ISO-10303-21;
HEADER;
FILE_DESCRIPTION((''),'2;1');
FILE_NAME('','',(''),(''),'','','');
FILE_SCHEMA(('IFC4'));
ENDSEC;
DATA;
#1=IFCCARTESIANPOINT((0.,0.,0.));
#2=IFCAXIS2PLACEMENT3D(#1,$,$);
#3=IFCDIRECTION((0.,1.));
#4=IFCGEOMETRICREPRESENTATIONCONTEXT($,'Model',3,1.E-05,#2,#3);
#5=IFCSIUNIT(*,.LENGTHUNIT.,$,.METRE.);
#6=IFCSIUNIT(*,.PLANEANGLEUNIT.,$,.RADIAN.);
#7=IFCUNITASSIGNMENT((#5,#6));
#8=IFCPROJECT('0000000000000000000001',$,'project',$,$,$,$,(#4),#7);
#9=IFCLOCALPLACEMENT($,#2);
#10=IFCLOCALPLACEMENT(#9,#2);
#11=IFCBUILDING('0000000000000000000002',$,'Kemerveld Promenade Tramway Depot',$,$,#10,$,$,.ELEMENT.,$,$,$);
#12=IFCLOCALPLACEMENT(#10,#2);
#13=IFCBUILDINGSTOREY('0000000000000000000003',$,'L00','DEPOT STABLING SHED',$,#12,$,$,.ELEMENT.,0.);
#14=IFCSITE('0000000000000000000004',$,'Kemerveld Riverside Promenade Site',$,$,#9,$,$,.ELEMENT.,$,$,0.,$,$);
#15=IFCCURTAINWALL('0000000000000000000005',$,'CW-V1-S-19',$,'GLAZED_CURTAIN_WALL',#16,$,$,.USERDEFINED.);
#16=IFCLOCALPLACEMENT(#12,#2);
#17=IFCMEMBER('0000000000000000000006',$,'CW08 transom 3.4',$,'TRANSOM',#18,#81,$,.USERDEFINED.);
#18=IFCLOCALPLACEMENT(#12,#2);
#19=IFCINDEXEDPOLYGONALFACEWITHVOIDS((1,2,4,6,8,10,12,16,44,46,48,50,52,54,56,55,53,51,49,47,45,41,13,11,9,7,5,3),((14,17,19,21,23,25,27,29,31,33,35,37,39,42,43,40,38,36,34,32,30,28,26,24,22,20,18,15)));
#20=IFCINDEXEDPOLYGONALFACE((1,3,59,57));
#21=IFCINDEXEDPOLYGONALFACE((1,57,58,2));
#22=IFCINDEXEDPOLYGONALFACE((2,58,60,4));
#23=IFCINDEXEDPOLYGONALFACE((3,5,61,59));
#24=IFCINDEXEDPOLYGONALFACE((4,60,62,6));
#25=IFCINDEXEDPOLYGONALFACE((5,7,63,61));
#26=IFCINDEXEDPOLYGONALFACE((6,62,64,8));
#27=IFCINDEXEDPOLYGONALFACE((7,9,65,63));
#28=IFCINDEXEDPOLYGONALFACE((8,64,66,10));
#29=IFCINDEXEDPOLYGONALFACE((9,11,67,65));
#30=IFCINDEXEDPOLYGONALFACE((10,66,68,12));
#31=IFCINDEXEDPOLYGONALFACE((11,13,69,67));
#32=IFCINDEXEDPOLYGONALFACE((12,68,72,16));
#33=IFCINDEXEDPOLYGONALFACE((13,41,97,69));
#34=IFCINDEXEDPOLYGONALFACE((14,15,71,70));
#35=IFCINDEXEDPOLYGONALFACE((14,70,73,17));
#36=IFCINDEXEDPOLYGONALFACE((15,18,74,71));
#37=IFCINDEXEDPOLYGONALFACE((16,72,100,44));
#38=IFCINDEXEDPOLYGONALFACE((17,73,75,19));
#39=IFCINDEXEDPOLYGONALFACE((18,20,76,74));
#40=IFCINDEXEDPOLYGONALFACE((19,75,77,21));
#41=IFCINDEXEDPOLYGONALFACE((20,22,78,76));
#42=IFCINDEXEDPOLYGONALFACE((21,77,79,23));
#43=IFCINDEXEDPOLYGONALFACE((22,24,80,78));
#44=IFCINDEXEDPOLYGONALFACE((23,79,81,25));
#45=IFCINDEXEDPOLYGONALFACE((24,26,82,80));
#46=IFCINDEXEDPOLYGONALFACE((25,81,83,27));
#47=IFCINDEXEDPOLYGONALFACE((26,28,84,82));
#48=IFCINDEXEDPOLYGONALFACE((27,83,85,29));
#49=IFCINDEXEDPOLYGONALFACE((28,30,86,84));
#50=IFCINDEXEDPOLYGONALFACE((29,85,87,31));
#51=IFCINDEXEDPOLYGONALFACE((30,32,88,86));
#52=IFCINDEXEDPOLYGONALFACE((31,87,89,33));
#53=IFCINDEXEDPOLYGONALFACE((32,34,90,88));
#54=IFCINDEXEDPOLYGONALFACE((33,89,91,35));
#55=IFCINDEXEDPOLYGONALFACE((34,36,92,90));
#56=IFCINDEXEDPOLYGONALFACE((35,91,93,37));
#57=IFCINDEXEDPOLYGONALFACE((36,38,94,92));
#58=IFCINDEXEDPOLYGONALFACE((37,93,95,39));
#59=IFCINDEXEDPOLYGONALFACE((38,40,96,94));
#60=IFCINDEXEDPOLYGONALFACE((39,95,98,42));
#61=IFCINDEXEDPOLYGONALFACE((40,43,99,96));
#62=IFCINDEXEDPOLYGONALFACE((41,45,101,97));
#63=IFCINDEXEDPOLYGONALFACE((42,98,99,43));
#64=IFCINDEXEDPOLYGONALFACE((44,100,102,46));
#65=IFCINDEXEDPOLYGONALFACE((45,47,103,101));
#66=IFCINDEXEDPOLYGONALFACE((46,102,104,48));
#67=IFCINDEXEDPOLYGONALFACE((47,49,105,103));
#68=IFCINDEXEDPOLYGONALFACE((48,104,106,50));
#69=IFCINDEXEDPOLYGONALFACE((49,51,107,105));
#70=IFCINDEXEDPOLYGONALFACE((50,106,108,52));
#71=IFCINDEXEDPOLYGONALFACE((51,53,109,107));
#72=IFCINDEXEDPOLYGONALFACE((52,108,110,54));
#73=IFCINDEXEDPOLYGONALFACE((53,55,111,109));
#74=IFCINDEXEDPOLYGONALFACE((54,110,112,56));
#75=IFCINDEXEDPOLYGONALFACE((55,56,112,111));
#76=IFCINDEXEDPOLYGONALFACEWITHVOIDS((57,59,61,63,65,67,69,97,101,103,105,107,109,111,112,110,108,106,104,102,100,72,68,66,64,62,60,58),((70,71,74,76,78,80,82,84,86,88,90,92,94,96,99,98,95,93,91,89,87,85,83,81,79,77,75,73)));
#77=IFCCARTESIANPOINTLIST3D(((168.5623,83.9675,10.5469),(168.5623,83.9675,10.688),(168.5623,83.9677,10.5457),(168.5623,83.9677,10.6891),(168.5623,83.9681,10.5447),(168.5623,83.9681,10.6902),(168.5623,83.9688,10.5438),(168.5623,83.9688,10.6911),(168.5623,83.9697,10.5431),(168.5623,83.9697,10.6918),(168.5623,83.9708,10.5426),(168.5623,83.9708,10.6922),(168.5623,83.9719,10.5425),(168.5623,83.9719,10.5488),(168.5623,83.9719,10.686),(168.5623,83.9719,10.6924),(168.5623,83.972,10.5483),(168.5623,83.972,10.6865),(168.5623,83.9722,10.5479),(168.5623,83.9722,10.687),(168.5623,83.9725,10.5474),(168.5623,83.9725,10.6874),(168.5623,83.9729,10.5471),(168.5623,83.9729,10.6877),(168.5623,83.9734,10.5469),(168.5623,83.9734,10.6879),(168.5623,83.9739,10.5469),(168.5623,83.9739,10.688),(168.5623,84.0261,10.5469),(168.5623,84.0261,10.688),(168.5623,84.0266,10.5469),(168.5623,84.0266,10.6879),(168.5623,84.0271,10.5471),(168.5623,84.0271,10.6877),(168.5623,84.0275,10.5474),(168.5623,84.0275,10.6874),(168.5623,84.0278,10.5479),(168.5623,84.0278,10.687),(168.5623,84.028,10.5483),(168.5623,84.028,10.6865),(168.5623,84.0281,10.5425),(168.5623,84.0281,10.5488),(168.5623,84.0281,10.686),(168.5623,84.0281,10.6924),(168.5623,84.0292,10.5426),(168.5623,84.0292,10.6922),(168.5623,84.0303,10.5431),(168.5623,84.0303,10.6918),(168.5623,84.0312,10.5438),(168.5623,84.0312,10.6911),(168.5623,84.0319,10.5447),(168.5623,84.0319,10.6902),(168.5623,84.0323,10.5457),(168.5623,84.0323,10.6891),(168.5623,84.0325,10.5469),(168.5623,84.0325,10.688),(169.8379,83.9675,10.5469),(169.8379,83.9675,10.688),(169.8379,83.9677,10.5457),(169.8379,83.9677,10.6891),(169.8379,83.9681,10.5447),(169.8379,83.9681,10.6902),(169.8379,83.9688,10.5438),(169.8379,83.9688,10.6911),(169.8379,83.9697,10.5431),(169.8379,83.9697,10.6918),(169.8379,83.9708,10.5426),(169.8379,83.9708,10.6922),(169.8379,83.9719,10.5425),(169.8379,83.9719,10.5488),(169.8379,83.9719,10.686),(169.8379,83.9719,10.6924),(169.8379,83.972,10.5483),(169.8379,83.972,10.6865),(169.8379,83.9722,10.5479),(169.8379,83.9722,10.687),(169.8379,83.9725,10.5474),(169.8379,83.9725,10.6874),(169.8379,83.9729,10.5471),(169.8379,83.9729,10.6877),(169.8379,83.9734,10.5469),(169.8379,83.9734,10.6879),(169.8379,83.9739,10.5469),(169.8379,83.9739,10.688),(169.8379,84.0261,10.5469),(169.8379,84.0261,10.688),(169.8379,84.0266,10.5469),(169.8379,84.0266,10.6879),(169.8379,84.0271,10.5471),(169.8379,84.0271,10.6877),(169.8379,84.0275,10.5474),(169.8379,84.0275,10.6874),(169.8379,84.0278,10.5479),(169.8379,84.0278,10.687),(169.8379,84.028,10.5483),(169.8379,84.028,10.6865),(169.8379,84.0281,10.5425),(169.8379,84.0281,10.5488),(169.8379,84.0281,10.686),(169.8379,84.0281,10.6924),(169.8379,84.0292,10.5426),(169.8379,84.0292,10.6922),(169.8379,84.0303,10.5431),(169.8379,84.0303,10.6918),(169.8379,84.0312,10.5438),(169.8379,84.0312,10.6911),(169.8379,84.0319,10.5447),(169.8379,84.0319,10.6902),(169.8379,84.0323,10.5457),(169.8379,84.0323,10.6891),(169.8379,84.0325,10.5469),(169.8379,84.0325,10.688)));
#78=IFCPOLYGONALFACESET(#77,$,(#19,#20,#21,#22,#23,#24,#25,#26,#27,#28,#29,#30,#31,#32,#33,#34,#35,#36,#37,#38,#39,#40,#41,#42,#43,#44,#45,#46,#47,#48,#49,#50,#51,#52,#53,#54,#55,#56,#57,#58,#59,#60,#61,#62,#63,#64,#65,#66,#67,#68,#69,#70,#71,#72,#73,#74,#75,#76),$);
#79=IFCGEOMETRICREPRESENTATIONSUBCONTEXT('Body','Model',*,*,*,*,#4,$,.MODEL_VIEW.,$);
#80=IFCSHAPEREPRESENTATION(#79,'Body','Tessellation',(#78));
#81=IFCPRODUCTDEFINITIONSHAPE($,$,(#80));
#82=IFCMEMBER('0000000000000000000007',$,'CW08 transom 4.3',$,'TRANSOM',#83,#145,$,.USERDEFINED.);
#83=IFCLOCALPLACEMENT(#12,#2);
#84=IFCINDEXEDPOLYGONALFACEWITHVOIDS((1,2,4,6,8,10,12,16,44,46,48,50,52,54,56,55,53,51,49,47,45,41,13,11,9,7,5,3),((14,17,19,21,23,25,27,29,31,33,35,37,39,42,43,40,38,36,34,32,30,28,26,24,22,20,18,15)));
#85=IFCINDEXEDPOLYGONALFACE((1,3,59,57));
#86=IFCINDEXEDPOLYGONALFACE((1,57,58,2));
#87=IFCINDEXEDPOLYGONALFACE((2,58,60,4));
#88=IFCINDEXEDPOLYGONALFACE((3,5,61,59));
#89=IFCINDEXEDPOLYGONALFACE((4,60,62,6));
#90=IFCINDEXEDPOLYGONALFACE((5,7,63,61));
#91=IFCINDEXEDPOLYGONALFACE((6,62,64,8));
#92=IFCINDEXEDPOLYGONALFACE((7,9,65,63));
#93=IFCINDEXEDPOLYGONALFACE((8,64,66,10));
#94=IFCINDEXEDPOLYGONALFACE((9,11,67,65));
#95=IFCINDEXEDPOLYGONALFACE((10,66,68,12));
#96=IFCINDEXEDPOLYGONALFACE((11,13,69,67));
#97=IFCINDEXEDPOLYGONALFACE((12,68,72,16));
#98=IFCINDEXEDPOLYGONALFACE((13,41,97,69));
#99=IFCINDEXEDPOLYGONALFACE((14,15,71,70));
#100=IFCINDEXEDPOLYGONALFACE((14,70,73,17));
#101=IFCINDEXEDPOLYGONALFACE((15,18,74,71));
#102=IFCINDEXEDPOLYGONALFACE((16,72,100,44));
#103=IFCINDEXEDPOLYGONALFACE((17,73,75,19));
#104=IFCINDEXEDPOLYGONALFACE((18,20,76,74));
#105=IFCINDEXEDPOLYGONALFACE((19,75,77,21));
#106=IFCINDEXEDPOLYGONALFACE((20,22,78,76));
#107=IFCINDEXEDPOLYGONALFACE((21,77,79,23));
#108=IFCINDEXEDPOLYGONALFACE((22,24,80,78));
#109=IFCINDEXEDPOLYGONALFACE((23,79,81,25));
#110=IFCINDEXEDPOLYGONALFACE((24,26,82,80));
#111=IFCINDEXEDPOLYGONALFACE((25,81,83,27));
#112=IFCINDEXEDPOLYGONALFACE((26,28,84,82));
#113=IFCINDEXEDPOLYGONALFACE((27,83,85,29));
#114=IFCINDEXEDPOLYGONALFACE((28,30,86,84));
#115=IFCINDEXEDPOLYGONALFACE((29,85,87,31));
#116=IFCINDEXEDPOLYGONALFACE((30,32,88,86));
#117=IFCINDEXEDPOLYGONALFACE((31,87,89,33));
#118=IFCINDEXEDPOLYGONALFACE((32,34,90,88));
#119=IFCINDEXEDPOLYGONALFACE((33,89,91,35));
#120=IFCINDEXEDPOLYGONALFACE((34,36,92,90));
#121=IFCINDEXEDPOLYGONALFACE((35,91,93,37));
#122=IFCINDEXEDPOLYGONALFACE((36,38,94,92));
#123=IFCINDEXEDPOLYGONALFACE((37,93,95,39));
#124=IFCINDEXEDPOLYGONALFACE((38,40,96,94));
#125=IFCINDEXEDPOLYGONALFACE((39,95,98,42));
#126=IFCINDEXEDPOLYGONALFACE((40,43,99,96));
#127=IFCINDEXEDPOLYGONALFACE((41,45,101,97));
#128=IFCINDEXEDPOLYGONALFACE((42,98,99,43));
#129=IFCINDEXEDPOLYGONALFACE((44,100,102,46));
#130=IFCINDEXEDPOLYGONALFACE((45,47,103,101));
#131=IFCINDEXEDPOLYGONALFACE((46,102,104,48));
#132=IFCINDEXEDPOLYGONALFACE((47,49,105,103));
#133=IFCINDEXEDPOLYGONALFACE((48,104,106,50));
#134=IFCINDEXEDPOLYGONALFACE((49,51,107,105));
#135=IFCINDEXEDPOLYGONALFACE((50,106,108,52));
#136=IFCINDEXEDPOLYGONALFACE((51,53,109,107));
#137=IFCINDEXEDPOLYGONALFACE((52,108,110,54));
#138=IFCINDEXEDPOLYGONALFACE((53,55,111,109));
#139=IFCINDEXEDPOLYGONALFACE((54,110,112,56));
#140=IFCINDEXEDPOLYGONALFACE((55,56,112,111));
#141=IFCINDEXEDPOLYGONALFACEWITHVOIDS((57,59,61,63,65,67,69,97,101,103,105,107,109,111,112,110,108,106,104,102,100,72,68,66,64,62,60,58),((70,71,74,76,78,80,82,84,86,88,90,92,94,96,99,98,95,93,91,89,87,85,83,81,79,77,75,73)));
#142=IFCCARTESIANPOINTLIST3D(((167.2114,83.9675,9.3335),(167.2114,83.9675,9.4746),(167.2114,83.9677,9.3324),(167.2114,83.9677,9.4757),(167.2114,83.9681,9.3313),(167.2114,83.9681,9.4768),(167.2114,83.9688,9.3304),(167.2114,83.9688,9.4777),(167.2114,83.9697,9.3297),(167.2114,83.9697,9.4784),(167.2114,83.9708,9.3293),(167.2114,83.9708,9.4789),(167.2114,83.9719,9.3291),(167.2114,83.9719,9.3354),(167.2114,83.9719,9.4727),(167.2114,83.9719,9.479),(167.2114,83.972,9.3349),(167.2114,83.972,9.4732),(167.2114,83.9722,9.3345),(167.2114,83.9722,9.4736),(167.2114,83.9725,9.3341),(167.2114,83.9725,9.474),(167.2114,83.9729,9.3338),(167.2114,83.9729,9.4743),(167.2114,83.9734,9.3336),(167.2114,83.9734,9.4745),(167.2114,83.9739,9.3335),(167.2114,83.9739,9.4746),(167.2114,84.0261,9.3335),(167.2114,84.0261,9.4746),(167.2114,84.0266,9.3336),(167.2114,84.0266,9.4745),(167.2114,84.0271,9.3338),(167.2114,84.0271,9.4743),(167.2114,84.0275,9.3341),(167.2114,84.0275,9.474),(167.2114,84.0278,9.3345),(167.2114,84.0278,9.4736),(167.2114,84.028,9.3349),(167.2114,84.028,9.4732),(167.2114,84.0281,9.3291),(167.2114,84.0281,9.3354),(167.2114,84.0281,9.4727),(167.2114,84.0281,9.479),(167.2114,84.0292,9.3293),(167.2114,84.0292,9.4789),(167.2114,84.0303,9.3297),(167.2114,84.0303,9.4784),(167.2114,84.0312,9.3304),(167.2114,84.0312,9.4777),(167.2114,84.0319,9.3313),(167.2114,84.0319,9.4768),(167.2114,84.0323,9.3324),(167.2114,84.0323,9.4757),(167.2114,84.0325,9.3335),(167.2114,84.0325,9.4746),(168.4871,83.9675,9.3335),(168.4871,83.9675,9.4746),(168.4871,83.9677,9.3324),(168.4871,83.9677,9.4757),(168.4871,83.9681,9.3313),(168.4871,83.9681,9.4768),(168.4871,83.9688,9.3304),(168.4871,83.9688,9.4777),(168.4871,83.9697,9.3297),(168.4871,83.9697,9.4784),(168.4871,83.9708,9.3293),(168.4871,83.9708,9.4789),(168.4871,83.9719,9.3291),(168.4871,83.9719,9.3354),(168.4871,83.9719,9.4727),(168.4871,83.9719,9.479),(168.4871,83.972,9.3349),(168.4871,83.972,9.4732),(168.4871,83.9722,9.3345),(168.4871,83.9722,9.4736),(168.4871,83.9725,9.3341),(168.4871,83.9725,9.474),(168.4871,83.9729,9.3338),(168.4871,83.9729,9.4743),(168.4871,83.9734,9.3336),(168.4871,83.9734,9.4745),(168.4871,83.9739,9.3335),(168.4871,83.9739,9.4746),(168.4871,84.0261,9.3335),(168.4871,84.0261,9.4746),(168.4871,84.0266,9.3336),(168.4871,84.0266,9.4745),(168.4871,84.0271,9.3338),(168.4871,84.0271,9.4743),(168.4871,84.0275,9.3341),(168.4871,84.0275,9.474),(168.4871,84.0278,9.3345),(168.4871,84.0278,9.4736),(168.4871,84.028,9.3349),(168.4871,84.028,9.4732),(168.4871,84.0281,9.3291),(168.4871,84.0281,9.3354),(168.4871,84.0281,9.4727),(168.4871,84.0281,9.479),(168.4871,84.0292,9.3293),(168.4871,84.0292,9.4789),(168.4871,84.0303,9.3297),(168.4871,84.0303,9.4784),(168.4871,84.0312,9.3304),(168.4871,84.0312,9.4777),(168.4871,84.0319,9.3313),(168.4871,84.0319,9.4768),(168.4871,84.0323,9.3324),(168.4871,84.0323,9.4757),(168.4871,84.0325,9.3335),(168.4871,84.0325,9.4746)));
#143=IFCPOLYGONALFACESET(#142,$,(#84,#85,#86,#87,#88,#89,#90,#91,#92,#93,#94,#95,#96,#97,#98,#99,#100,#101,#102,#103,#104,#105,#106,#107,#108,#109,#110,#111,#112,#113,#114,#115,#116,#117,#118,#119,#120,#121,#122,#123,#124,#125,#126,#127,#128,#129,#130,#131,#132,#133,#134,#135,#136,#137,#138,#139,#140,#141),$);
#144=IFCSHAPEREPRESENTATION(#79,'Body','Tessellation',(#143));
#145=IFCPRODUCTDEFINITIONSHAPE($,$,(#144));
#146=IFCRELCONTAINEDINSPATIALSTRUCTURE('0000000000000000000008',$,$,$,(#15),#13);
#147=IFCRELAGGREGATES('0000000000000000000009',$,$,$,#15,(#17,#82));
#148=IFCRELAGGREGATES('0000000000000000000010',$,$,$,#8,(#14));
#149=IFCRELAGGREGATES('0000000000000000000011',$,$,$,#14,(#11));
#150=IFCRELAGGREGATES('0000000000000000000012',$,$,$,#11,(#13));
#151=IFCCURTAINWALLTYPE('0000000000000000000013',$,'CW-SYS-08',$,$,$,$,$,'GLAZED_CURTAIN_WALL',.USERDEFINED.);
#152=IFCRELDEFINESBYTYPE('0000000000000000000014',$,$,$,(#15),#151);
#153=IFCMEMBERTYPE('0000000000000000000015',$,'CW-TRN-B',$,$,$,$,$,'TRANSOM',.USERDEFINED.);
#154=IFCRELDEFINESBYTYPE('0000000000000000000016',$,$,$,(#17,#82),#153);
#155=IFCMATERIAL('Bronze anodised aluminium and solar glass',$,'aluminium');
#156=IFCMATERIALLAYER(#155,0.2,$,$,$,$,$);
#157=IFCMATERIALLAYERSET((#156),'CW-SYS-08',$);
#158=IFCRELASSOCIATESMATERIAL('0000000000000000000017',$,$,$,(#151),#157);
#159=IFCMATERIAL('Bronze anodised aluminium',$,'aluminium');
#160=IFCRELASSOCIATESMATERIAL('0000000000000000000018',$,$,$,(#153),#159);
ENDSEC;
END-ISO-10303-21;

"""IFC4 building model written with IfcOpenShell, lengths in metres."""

from ifc_helpers import new_model, si_unit, direction, frame, origin, origin_2d, place, context, subcontext, project, spatial, hollow_rectangle, extrude, material, layer, layer_set, material_profile, profile_set, type_object, element, aggregate, save


model = new_model("IFC4")

# Units and contexts
model_context = context("Model", 3, precision=1e-05, world=origin(), true_north=direction((0.0, 1.0)))
body_context = subcontext(model_context, "Body", "Model", "MODEL_VIEW")
ifc_project = project(units=[si_unit("LENGTHUNIT", "METRE"), si_unit("PLANEANGLEUNIT", "RADIAN")], contexts=[model_context])

# Site, building, storey
site_placement = place(None, origin())
site = spatial("IfcSite", under=ifc_project, at=site_placement, Name="Kemerveld Riverside Promenade Site", CompositionType="ELEMENT", RefElevation=0.0)
building_placement = place(site_placement, origin())
building = spatial("IfcBuilding", under=site, at=building_placement, Name="Kemerveld Promenade Tramway Depot", CompositionType="ELEMENT")
storey_placement = place(building_placement, origin())
storey = spatial("IfcBuildingStorey", under=building, at=storey_placement, Name="L00", Description="DEPOT STABLING SHED", CompositionType="ELEMENT", Elevation=0.0)

# Curtain wall, members
ifc_material_1 = material(Name="Bronze anodised aluminium and solar glass", Category="aluminium")
ifc_material_2 = material(Name="Bronze anodised aluminium", Category="aluminium")
ifc_layer_1 = layer(ifc_material_1, 0.2)
ifc_layer_set_1 = layer_set([ifc_layer_1], Name="CW-SYS-08")
curtain_wall_type_1 = type_object("IfcCurtainWallType", Name="CW-SYS-08", ElementType="GLAZED_CURTAIN_WALL", PredefinedType="USERDEFINED", material=ifc_layer_set_1)
curtain_wall_1_placement = place(storey_placement, origin())
curtain_wall_1 = element("IfcCurtainWall", 1, at=curtain_wall_1_placement, inside=storey, type_object=curtain_wall_type_1, Name="CW-V1-S-19", ObjectType="GLAZED_CURTAIN_WALL", PredefinedType="USERDEFINED")
ifc_material_profile_1 = material_profile(ifc_material_2, hollow_rectangle(XDim=0.0649, YDim=0.1499, WallThickness=0.0044, InnerFilletRadius=0.002, OuterFilletRadius=0.0044, at=origin_2d()), Name="CW-TRN-150x65")
ifc_profile_set_1 = profile_set([ifc_material_profile_1], Name="Bronze anodised aluminium")
member_type_1 = type_object("IfcMemberType", Name="CW-TRN-B", ElementType="TRANSOM", PredefinedType="USERDEFINED", material=ifc_profile_set_1)
member_1_placement = place(storey_placement, frame((169.8379, 84.0, 10.6174), z_axis=(-1.0, 0.0, 0.0), x_axis=(0.0, -1.0, 0.0)))
member_1 = element("IfcMember", 2, at=member_1_placement, type_object=member_type_1, Name="CW08 transom 3.4", ObjectType="TRANSOM", PredefinedType="USERDEFINED", context=body_context, shape_type="SweptSolid", body=[
    extrude(hollow_rectangle(XDim=0.0649, YDim=0.1499, WallThickness=0.0044, InnerFilletRadius=0.002, OuterFilletRadius=0.0044, at=origin_2d()), origin(), (0.0, 0.0, 1.0), 1.2756),
])
member_2_placement = place(storey_placement, frame((168.4871, 84.0, 9.4041), z_axis=(-1.0, 0.0, 0.0), x_axis=(0.0, -1.0, 0.0)))
member_2 = element("IfcMember", 3, at=member_2_placement, type_object=member_type_1, Name="CW08 transom 4.3", ObjectType="TRANSOM", PredefinedType="USERDEFINED", context=body_context, shape_type="SweptSolid", body=[
    extrude(hollow_rectangle(XDim=0.0649, YDim=0.1499, WallThickness=0.0044, InnerFilletRadius=0.002, OuterFilletRadius=0.0044, at=origin_2d()), origin(), (0.0, 0.0, 1.0), 1.2756),
])

aggregate(curtain_wall_1, [member_1, member_2])

save(model, "model.ifc")
